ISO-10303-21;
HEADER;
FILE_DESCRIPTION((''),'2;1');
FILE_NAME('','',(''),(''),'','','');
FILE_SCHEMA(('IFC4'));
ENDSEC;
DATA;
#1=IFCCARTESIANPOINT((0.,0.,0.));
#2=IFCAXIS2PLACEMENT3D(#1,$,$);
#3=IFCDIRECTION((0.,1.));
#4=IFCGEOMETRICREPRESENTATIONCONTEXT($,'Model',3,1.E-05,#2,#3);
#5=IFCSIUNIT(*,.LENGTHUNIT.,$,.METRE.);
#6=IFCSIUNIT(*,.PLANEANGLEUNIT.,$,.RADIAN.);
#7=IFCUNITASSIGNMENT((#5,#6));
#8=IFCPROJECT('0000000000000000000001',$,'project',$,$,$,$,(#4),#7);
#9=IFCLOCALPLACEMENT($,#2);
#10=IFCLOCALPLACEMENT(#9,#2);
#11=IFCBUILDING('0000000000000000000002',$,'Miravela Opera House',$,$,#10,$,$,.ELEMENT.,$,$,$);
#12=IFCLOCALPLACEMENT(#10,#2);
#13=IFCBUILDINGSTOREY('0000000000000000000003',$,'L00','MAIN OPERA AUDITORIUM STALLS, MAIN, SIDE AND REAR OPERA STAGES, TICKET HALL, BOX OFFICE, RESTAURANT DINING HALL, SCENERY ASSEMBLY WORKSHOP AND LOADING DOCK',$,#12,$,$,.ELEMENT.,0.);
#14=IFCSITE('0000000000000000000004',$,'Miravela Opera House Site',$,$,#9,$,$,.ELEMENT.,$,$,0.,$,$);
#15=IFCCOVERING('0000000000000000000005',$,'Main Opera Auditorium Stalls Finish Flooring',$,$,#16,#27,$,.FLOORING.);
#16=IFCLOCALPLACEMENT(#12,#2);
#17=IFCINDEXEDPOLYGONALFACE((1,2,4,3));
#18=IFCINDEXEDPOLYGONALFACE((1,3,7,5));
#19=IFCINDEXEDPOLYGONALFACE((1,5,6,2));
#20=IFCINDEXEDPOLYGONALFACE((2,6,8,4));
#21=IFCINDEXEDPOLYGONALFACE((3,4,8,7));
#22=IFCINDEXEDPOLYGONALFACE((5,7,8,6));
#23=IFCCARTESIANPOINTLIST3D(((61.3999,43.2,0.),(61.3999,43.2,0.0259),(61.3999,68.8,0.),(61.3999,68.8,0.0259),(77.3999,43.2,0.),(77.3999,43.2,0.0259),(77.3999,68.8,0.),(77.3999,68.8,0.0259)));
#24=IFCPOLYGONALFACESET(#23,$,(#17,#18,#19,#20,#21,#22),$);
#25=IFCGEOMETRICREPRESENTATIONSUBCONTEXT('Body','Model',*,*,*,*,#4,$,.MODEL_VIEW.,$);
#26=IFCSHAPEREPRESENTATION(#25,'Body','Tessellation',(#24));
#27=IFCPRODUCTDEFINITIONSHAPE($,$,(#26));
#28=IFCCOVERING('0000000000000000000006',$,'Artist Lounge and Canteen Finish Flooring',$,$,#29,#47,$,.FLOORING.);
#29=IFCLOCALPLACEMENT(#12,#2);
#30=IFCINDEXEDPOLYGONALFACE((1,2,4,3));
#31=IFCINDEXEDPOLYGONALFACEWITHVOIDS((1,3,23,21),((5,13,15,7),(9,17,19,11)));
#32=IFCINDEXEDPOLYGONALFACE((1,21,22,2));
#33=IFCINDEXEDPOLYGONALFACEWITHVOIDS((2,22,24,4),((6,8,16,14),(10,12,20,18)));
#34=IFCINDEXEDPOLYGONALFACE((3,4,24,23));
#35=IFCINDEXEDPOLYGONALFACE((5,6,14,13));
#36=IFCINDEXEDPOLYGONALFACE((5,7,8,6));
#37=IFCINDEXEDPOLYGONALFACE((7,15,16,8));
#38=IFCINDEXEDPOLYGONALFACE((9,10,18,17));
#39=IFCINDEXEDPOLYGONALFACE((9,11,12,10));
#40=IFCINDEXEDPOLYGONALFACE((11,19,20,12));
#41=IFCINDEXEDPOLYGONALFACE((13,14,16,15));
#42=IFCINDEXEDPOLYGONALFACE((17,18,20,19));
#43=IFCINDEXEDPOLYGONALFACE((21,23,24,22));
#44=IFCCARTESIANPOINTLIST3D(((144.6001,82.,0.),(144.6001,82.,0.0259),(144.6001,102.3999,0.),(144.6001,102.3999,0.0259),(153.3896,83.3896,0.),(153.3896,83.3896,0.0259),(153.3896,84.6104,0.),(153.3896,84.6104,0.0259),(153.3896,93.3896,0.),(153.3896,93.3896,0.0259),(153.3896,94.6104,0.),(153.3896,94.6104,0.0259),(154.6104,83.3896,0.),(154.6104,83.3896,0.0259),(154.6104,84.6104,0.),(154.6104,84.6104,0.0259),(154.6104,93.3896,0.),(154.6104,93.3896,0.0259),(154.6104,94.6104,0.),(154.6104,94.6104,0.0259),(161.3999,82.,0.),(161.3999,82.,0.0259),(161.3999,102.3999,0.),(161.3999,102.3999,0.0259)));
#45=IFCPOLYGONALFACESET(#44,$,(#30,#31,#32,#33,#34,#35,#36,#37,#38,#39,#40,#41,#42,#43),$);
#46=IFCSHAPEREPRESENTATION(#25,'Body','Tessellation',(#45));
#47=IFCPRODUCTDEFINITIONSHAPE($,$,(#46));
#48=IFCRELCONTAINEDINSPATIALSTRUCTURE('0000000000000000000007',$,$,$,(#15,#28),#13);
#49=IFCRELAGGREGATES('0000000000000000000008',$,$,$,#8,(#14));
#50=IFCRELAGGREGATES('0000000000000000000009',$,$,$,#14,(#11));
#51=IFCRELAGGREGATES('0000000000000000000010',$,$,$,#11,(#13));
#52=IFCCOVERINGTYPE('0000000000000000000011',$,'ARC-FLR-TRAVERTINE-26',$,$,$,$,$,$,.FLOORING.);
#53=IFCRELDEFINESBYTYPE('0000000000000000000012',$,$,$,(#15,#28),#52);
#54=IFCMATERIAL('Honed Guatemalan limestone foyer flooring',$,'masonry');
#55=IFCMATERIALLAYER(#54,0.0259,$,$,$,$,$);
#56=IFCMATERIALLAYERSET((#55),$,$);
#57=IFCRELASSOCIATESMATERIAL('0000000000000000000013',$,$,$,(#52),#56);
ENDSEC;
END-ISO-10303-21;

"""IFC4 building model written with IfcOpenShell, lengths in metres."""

from ifc_helpers import new_model, si_unit, direction, origin, place, context, subcontext, project, spatial, polyline, outline, extrude, material, layer, layer_set, type_object, element, save


model = new_model("IFC4")

# Units and contexts
model_context = context("Model", 3, precision=1e-05, world=origin(), true_north=direction((0.0, 1.0)))
body_context = subcontext(model_context, "Body", "Model", "MODEL_VIEW")
ifc_project = project(units=[si_unit("LENGTHUNIT", "METRE"), si_unit("PLANEANGLEUNIT", "RADIAN")], contexts=[model_context])

# Site, building, storey
site_placement = place(None, origin())
site = spatial("IfcSite", under=ifc_project, at=site_placement, Name="Miravela Opera House Site", CompositionType="ELEMENT", RefElevation=0.0)
building_placement = place(site_placement, origin())
building = spatial("IfcBuilding", under=site, at=building_placement, Name="Miravela Opera House", CompositionType="ELEMENT")
storey_placement = place(building_placement, origin())
storey = spatial("IfcBuildingStorey", under=building, at=storey_placement, Name="L00", Description="MAIN OPERA AUDITORIUM STALLS, MAIN, SIDE AND REAR OPERA STAGES, TICKET HALL, BOX OFFICE, RESTAURANT DINING HALL, SCENERY ASSEMBLY WORKSHOP AND LOADING DOCK", CompositionType="ELEMENT", Elevation=0.0)

# Coverings
ifc_material_1 = material(Name="Honed Guatemalan limestone foyer flooring", Category="masonry")
ifc_layer_1 = layer(ifc_material_1, 0.0259)
ifc_layer_set_1 = layer_set([ifc_layer_1])
covering_type_1 = type_object("IfcCoveringType", Name="ARC-FLR-TRAVERTINE-26", PredefinedType="FLOORING", material=ifc_layer_set_1)
covering_1_placement = place(storey_placement, origin())
element("IfcCovering", 1, at=covering_1_placement, inside=storey, type_object=covering_type_1, Name="Main Opera Auditorium Stalls Finish Flooring", PredefinedType="FLOORING", context=body_context, shape_type="SweptSolid", body=[
    extrude(outline(polyline([(61.3999, 43.2), (77.3999, 43.2), (77.3999, 68.8), (61.3999, 68.8), (61.3999, 43.2)])), origin(), (0.0, 0.0, 1.0), 0.0259),
])
covering_2_placement = place(storey_placement, origin())
element("IfcCovering", 2, at=covering_2_placement, inside=storey, type_object=covering_type_1, Name="Artist Lounge and Canteen Finish Flooring", PredefinedType="FLOORING", context=body_context, shape_type="SweptSolid", body=[
    extrude(outline(polyline([(144.6001, 82.0), (161.3999, 82.0), (161.3999, 102.3999), (144.6001, 102.3999), (144.6001, 82.0)]), holes=[polyline([(153.3896, 83.3896), (154.6104, 83.3896), (154.6104, 84.6104), (153.3896, 84.6104), (153.3896, 83.3896)]), polyline([(153.3896, 93.3896), (154.6104, 93.3896), (154.6104, 94.6104), (153.3896, 94.6104), (153.3896, 93.3896)])]), origin(), (0.0, 0.0, 1.0), 0.0259),
])

save(model, "model.ifc")
